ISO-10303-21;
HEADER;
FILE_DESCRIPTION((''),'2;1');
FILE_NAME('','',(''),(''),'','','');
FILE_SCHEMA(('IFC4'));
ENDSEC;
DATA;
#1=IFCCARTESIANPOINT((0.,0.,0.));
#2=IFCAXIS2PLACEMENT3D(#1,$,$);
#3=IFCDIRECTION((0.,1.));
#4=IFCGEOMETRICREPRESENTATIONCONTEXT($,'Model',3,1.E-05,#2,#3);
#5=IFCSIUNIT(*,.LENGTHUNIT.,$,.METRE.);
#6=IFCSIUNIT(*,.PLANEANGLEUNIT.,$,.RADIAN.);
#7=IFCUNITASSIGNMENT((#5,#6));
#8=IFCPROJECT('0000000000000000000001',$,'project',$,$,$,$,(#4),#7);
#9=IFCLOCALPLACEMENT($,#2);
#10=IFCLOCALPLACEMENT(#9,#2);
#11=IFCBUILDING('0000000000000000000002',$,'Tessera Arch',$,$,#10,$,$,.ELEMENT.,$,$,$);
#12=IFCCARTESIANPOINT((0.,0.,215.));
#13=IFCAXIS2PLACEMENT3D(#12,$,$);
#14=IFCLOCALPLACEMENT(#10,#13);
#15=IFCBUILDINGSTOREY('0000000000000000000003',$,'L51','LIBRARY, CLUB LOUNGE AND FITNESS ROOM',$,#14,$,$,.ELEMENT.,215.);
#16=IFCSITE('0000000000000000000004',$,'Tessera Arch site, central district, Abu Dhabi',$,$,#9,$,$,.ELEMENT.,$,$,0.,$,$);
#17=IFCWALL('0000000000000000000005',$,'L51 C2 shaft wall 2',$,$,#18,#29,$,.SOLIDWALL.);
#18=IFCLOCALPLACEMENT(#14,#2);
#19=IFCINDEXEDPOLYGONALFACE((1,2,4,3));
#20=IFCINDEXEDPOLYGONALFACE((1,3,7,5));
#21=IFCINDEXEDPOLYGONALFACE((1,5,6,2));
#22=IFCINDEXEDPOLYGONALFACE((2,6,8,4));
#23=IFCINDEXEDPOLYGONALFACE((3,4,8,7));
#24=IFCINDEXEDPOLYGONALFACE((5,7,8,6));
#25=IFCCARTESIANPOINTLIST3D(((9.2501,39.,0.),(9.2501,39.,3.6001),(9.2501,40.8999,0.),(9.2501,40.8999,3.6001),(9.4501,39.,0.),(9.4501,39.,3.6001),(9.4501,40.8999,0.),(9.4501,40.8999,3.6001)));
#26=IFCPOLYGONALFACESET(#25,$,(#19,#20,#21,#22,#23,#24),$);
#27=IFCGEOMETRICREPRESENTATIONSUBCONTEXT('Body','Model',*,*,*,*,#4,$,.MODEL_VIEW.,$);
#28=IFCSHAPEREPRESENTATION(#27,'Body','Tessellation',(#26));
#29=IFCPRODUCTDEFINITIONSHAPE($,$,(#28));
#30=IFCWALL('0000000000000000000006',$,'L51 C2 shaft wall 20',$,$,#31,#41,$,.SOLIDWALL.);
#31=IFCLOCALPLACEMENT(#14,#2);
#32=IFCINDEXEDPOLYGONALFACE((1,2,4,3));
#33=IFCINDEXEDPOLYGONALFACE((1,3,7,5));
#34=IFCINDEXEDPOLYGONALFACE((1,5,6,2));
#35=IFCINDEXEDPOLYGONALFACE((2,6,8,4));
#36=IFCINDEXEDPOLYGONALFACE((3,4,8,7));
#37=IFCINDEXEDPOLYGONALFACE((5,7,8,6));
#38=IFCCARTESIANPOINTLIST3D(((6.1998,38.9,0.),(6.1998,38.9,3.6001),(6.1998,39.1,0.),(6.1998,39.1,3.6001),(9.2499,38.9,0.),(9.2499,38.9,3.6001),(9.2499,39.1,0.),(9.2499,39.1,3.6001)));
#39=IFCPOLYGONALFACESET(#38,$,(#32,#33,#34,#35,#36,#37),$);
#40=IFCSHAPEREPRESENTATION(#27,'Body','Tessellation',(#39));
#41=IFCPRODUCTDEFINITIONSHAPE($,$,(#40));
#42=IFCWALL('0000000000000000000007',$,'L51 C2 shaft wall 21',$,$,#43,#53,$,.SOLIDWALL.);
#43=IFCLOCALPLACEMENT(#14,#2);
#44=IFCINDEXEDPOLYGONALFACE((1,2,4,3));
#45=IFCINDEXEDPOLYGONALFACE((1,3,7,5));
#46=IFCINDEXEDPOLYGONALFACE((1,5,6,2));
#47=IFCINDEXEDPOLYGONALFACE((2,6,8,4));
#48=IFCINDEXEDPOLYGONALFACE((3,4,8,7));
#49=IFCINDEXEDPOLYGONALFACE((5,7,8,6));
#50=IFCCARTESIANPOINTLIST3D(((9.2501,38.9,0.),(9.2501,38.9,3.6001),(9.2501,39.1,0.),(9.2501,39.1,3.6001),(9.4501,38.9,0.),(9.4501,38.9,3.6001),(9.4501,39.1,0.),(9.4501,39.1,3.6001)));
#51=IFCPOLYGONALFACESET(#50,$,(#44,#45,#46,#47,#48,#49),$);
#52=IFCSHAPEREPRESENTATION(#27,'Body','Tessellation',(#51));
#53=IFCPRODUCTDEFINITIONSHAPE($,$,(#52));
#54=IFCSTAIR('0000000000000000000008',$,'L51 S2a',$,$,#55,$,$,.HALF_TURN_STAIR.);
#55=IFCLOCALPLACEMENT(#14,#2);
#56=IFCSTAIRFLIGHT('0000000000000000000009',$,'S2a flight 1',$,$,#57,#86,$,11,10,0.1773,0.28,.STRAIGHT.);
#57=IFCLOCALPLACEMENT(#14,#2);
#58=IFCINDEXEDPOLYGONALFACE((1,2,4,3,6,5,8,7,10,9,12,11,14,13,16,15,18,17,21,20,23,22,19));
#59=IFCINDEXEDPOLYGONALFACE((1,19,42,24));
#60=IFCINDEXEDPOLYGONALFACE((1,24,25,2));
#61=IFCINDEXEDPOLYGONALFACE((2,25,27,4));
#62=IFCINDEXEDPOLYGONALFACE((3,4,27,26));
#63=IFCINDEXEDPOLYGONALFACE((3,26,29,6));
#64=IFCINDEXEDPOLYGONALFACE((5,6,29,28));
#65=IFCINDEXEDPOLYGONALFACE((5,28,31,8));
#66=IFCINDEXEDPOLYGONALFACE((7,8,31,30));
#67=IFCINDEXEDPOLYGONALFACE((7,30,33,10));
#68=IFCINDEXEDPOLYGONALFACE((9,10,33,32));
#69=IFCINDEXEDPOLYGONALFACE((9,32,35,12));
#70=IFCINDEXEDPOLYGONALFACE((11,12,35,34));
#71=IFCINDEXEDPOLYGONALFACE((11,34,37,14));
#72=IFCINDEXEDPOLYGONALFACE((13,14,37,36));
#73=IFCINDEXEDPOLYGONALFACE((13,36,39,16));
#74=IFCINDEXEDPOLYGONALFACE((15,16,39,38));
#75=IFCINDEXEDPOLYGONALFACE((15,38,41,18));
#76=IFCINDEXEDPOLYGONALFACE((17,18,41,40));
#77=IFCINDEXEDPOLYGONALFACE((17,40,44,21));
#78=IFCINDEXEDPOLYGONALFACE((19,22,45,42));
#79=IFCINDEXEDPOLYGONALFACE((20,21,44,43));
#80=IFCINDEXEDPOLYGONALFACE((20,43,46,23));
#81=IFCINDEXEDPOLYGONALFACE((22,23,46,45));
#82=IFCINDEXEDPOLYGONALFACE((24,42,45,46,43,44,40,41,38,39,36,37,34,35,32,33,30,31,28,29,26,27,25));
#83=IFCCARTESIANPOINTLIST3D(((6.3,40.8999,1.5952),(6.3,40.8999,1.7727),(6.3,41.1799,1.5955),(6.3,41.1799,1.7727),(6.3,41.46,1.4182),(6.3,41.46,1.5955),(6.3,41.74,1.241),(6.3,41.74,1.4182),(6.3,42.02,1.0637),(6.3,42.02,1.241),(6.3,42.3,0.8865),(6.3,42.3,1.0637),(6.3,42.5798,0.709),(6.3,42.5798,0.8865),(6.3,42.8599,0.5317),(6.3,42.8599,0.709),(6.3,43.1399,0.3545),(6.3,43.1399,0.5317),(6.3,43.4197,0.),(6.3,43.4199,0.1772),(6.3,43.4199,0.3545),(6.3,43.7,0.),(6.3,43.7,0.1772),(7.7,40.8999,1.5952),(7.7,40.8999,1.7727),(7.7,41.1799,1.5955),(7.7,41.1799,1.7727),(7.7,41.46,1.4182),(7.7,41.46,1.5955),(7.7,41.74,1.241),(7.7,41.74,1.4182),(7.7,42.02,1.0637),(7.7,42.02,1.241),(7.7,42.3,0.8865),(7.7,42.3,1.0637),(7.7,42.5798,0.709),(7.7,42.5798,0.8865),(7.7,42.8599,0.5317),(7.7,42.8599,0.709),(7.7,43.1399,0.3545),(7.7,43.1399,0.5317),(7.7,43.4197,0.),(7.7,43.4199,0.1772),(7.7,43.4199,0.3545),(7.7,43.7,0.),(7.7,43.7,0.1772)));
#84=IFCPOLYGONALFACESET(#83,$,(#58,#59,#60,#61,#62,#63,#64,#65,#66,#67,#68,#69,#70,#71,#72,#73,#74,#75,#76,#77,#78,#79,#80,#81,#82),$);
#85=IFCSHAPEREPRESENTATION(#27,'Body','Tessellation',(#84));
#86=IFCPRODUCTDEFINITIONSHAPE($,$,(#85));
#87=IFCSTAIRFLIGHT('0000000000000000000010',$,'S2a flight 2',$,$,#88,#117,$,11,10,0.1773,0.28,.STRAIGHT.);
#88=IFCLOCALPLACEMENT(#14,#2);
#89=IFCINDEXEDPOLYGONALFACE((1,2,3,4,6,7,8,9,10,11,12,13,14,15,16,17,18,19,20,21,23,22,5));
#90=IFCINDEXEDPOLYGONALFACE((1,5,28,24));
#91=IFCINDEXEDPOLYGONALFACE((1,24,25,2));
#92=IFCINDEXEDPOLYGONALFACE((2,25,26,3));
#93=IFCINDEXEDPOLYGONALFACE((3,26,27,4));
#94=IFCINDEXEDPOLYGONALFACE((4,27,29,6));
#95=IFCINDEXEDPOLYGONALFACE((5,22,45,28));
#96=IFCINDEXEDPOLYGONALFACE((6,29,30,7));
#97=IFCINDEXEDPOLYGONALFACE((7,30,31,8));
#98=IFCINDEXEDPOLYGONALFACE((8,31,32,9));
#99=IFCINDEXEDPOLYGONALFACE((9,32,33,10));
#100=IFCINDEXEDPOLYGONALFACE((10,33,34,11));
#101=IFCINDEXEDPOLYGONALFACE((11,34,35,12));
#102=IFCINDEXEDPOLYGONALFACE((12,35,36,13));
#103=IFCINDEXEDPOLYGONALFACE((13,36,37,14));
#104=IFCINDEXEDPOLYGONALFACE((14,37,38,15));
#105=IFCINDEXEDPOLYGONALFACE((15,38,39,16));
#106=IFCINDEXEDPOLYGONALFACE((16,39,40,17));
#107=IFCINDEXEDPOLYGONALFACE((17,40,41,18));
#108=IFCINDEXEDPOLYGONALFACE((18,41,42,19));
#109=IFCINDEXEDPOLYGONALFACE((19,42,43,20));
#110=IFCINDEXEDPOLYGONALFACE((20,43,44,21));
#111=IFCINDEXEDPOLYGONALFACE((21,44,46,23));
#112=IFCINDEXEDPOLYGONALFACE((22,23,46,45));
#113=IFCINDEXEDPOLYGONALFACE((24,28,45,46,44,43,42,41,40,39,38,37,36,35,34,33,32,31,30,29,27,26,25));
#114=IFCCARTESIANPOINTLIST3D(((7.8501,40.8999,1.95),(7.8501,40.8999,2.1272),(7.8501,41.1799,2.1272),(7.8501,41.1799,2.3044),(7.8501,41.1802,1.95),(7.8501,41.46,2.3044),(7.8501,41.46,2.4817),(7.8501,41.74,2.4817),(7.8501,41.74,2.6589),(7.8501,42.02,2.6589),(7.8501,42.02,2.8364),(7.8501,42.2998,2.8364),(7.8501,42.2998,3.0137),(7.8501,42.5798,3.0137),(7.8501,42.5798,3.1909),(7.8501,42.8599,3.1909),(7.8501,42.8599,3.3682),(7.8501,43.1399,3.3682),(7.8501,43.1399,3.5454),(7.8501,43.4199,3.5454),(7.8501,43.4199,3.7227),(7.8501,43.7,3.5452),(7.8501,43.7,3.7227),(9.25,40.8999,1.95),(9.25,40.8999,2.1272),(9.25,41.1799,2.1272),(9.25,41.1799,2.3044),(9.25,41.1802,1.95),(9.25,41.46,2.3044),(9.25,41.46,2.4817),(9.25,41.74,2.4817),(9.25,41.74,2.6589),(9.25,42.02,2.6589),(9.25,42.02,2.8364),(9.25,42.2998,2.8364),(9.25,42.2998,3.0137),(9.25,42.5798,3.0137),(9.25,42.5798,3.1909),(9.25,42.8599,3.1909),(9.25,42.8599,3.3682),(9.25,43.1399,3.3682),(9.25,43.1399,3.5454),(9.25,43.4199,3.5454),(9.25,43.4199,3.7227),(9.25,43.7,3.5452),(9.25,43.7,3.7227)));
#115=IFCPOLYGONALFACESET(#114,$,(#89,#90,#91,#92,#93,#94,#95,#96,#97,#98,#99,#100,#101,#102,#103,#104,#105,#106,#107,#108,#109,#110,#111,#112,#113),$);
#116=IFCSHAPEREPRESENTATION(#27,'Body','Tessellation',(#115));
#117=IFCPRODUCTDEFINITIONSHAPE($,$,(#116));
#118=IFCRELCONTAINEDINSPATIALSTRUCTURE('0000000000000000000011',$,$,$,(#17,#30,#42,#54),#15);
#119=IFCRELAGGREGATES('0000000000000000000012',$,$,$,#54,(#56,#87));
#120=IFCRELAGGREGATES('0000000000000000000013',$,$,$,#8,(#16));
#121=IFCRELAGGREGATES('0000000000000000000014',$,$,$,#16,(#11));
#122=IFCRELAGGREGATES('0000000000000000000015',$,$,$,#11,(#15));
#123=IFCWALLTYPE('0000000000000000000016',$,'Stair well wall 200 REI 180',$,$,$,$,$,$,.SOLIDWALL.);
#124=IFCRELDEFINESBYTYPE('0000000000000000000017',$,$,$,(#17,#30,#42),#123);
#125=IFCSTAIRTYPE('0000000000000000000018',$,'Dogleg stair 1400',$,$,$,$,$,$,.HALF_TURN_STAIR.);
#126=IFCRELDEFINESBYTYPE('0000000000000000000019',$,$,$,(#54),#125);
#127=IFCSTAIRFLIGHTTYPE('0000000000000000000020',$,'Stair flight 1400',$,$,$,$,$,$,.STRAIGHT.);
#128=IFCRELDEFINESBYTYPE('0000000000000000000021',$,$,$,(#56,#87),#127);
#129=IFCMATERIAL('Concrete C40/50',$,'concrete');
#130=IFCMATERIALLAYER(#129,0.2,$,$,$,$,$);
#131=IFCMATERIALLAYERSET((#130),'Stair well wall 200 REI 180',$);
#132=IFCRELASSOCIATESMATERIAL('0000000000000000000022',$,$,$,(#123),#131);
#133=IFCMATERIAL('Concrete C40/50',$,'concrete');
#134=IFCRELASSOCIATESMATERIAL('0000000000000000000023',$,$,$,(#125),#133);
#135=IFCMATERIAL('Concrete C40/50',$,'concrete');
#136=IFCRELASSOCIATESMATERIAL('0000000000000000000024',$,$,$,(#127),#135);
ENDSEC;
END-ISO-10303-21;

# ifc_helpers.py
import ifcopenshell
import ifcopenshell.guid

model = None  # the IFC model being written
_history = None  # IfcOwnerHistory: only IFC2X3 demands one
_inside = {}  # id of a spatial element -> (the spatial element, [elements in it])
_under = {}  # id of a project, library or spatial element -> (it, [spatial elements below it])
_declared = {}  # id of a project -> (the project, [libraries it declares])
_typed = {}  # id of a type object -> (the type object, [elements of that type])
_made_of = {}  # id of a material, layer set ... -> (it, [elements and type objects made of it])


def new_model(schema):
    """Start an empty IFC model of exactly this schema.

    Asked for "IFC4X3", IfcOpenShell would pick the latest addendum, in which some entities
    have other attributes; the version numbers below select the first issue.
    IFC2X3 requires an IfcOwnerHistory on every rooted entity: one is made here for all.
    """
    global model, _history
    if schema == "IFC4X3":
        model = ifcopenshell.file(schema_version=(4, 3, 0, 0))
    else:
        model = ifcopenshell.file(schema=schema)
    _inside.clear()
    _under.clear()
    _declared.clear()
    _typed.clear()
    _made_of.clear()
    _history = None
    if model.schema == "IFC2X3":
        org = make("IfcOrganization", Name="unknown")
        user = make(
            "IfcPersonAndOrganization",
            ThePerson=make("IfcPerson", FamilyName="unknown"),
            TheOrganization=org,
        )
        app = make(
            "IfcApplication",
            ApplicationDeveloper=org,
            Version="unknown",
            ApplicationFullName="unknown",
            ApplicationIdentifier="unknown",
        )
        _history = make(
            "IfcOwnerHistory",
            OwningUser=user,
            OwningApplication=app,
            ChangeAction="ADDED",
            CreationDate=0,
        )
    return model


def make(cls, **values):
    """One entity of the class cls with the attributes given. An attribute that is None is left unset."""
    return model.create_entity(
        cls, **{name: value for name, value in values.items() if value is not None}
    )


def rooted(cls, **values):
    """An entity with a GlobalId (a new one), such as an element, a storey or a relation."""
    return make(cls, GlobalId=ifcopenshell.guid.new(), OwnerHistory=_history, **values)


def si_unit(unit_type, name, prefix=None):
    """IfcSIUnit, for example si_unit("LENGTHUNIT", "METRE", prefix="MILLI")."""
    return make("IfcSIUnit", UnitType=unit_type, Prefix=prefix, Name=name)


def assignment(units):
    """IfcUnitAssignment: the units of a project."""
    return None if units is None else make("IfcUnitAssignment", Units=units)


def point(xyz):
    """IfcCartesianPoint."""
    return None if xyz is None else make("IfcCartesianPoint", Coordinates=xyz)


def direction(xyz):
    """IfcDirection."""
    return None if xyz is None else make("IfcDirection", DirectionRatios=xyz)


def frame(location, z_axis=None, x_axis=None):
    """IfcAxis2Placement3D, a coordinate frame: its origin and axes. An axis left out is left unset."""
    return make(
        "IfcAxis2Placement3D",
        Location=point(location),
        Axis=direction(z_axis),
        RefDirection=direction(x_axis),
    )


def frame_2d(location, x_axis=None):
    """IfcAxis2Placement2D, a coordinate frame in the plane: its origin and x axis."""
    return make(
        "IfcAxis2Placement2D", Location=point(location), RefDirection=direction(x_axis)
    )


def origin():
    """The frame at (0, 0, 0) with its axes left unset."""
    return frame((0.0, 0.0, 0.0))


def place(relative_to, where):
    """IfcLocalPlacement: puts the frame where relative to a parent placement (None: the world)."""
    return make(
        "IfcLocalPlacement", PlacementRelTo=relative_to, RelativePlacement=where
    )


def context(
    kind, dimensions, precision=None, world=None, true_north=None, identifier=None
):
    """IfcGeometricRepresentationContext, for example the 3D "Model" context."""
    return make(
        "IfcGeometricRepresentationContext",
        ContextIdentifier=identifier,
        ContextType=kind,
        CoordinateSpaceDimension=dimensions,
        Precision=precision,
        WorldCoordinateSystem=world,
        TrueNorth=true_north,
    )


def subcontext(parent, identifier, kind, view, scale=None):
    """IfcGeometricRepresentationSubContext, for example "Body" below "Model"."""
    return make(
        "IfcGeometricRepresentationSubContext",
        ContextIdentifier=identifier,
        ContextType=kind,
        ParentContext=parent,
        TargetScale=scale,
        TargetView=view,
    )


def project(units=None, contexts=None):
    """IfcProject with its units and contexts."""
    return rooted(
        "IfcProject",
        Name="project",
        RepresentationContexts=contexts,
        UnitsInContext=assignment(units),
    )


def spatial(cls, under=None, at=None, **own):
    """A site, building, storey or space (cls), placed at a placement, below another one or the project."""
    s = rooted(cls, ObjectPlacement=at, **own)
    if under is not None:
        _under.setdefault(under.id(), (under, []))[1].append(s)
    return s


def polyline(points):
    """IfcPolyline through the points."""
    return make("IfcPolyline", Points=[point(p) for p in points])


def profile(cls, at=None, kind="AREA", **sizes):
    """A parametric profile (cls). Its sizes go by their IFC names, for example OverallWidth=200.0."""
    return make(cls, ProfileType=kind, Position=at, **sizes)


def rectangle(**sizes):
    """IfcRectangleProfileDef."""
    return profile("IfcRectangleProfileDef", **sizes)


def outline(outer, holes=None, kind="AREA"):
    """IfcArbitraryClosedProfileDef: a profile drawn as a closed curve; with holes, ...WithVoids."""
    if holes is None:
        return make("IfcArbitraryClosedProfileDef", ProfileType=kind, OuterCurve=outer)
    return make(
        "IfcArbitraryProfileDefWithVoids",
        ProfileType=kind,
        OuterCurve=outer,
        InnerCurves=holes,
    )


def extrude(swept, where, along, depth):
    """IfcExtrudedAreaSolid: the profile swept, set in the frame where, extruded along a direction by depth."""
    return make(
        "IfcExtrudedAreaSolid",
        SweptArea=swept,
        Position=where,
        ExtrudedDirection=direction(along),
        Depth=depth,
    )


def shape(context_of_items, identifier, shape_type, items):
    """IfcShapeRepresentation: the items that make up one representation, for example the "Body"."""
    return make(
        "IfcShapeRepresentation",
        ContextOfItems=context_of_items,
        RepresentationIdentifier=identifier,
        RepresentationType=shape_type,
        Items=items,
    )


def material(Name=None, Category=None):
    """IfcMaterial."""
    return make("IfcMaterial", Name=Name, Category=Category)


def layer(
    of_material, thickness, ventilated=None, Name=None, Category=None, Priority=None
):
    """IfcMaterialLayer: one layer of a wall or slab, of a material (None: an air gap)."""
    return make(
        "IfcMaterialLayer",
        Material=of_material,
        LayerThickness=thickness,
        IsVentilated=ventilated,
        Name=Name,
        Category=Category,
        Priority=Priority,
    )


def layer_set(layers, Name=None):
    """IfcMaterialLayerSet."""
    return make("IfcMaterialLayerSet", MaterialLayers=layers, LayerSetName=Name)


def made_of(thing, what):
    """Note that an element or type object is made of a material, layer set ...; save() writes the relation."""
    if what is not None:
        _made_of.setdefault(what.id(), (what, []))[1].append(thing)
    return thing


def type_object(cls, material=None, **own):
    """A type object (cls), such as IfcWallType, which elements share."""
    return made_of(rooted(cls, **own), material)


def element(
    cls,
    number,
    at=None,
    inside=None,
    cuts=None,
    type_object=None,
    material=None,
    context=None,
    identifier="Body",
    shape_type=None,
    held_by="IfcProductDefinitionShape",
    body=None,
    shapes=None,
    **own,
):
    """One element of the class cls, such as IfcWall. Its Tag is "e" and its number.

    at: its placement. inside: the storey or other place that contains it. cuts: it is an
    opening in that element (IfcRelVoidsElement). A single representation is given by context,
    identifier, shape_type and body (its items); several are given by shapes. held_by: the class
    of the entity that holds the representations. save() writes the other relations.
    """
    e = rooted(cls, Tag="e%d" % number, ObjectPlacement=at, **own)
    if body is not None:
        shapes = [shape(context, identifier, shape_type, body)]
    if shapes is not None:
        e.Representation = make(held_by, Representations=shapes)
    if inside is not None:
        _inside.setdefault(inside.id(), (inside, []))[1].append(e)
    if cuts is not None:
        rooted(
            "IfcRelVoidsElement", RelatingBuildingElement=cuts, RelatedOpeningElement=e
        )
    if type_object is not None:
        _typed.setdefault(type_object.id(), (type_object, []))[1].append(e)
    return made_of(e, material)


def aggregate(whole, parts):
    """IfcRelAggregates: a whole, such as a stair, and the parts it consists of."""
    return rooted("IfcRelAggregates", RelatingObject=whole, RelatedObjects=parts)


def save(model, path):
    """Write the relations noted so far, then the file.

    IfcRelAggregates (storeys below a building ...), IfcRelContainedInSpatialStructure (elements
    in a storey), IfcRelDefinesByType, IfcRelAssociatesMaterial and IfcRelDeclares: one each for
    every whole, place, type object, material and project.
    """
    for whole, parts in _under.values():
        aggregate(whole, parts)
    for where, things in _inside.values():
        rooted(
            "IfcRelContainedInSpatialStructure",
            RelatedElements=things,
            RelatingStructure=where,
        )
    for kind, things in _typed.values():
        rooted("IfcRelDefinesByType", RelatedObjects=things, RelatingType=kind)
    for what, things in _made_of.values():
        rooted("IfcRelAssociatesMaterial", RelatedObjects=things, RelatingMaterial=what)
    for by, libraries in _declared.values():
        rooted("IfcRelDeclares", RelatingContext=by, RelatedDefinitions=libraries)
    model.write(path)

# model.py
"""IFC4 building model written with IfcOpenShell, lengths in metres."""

from ifc_helpers import new_model, si_unit, direction, frame, frame_2d, origin, place, context, subcontext, project, spatial, polyline, rectangle, outline, extrude, material, layer, layer_set, type_object, element, aggregate, save


model = new_model("IFC4")

# Units and contexts
model_context = context("Model", 3, precision=1e-05, world=origin(), true_north=direction((0.0, 1.0)))
body_context = subcontext(model_context, "Body", "Model", "MODEL_VIEW")
ifc_project = project(units=[si_unit("LENGTHUNIT", "METRE"), si_unit("PLANEANGLEUNIT", "RADIAN")], contexts=[model_context])

# Site, building, storey
site_placement = place(None, origin())
site = spatial("IfcSite", under=ifc_project, at=site_placement, Name="Tessera Arch site, central district, Abu Dhabi", CompositionType="ELEMENT", RefElevation=0.0)
building_placement = place(site_placement, origin())
building = spatial("IfcBuilding", under=site, at=building_placement, Name="Tessera Arch", CompositionType="ELEMENT")
storey_placement = place(building_placement, frame((0.0, 0.0, 215.0)))
storey = spatial("IfcBuildingStorey", under=building, at=storey_placement, Name="L51", Description="LIBRARY, CLUB LOUNGE AND FITNESS ROOM", CompositionType="ELEMENT", Elevation=215.0)

# Walls
ifc_material_1 = material(Name="Concrete C40/50", Category="concrete")
ifc_layer_1 = layer(ifc_material_1, 0.2)
ifc_layer_set_1 = layer_set([ifc_layer_1], Name="Stair well wall 200 REI 180")
wall_type_1 = type_object("IfcWallType", Name="Stair well wall 200 REI 180", PredefinedType="SOLIDWALL", material=ifc_layer_set_1)
wall_1_placement = place(storey_placement, frame((9.3501, 39.0, 0.0), z_axis=(0.0, 0.0, 1.0), x_axis=(0.0, 1.0, 0.0)))
element("IfcWall", 1, at=wall_1_placement, inside=storey, type_object=wall_type_1, Name="L51 C2 shaft wall 2", PredefinedType="SOLIDWALL", context=body_context, shape_type="SweptSolid", body=[
    extrude(rectangle(XDim=1.8999, YDim=0.2, at=frame_2d((0.95, 0.0))), origin(), (0.0, 0.0, 1.0), 3.6001),
])
wall_2_placement = place(storey_placement, frame((6.2, 39.0, 0.0), z_axis=(0.0, 0.0, 1.0), x_axis=(1.0, 0.0, 0.0)))
element("IfcWall", 2, at=wall_2_placement, inside=storey, type_object=wall_type_1, Name="L51 C2 shaft wall 20", PredefinedType="SOLIDWALL", context=body_context, shape_type="SweptSolid", body=[
    extrude(rectangle(XDim=3.05, YDim=0.2, at=frame_2d((1.5249, 0.0))), origin(), (0.0, 0.0, 1.0), 3.6001),
])
wall_3_placement = place(storey_placement, frame((9.25, 39.0, 0.0), z_axis=(0.0, 0.0, 1.0), x_axis=(1.0, 0.0, 0.0)))
element("IfcWall", 3, at=wall_3_placement, inside=storey, type_object=wall_type_1, Name="L51 C2 shaft wall 21", PredefinedType="SOLIDWALL", context=body_context, shape_type="SweptSolid", body=[
    extrude(rectangle(XDim=0.2, YDim=0.2, at=frame_2d((0.1001, 0.0))), origin(), (0.0, 0.0, 1.0), 3.6001),
])

# Stair, stair flights
ifc_material_2 = material(Name="Concrete C40/50", Category="concrete")
stair_type = type_object("IfcStairType", Name="Dogleg stair 1400", PredefinedType="HALF_TURN_STAIR", material=ifc_material_2)
stair_placement = place(storey_placement, origin())
stair = element("IfcStair", 4, at=stair_placement, inside=storey, type_object=stair_type, Name="L51 S2a", PredefinedType="HALF_TURN_STAIR")
ifc_material_3 = material(Name="Concrete C40/50", Category="concrete")
stair_flight_type = type_object("IfcStairFlightType", Name="Stair flight 1400", PredefinedType="STRAIGHT", material=ifc_material_3)
stair_flight_1_placement = place(storey_placement, frame((7.0, 43.7, 0.0), z_axis=(0.0, 0.0, 1.0), x_axis=(0.0, -1.0, 0.0)))
stair_flight_1 = element("IfcStairFlight", 5, at=stair_flight_1_placement, type_object=stair_flight_type, Name="S2a flight 1", NumberOfRisers=11, NumberOfTreads=10, PredefinedType="STRAIGHT", RiserHeight=0.1773, TreadLength=0.28, context=body_context, shape_type="SweptSolid", body=[
    extrude(outline(polyline([(0.0, 0.0), (0.0, 0.1772), (0.28, 0.1772), (0.28, 0.3545), (0.5601, 0.3545), (0.5601, 0.5317), (0.8401, 0.5317), (0.8401, 0.709), (1.1201, 0.709), (1.1201, 0.8865), (1.3999, 0.8865), (1.3999, 1.0637), (1.6799, 1.0637), (1.6799, 1.241), (1.96, 1.241), (1.96, 1.4182), (2.24, 1.4182), (2.24, 1.5955), (2.52, 1.5955), (2.52, 1.7727), (2.8, 1.7727), (2.8, 1.95), (2.8, 1.5952), (0.2803, 0.0), (0.0, 0.0)])), frame((0.0, 0.7, 0.0), z_axis=(0.0, -1.0, 0.0), x_axis=(1.0, 0.0, 0.0)), (0.0, 0.0, 1.0), 1.3999),
])
stair_flight_2_placement = place(storey_placement, frame((8.55, 40.8999, 1.95), z_axis=(0.0, 0.0, 1.0), x_axis=(0.0, 1.0, 0.0)))
stair_flight_2 = element("IfcStairFlight", 6, at=stair_flight_2_placement, type_object=stair_flight_type, Name="S2a flight 2", NumberOfRisers=11, NumberOfTreads=10, PredefinedType="STRAIGHT", RiserHeight=0.1773, TreadLength=0.28, context=body_context, shape_type="SweptSolid", body=[
    extrude(outline(polyline([(0.0, 0.0), (0.0, 0.1772), (0.28, 0.1772), (0.28, 0.3545), (0.5601, 0.3545), (0.5601, 0.5317), (0.8401, 0.5317), (0.8401, 0.709), (1.1201, 0.709), (1.1201, 0.8865), (1.3999, 0.8865), (1.3999, 1.0637), (1.6799, 1.0637), (1.6799, 1.241), (1.96, 1.241), (1.96, 1.4182), (2.24, 1.4182), (2.24, 1.5955), (2.52, 1.5955), (2.52, 1.7727), (2.8, 1.7727), (2.8, 1.95), (2.8, 1.5952), (0.2803, 0.0), (0.0, 0.0)])), frame((0.0, 0.7, 0.0), z_axis=(0.0, -1.0, 0.0), x_axis=(1.0, 0.0, 0.0)), (0.0, 0.0, 1.0), 1.3999),
])
aggregate(stair, [stair_flight_1, stair_flight_2])

save(model, "model.ifc")
